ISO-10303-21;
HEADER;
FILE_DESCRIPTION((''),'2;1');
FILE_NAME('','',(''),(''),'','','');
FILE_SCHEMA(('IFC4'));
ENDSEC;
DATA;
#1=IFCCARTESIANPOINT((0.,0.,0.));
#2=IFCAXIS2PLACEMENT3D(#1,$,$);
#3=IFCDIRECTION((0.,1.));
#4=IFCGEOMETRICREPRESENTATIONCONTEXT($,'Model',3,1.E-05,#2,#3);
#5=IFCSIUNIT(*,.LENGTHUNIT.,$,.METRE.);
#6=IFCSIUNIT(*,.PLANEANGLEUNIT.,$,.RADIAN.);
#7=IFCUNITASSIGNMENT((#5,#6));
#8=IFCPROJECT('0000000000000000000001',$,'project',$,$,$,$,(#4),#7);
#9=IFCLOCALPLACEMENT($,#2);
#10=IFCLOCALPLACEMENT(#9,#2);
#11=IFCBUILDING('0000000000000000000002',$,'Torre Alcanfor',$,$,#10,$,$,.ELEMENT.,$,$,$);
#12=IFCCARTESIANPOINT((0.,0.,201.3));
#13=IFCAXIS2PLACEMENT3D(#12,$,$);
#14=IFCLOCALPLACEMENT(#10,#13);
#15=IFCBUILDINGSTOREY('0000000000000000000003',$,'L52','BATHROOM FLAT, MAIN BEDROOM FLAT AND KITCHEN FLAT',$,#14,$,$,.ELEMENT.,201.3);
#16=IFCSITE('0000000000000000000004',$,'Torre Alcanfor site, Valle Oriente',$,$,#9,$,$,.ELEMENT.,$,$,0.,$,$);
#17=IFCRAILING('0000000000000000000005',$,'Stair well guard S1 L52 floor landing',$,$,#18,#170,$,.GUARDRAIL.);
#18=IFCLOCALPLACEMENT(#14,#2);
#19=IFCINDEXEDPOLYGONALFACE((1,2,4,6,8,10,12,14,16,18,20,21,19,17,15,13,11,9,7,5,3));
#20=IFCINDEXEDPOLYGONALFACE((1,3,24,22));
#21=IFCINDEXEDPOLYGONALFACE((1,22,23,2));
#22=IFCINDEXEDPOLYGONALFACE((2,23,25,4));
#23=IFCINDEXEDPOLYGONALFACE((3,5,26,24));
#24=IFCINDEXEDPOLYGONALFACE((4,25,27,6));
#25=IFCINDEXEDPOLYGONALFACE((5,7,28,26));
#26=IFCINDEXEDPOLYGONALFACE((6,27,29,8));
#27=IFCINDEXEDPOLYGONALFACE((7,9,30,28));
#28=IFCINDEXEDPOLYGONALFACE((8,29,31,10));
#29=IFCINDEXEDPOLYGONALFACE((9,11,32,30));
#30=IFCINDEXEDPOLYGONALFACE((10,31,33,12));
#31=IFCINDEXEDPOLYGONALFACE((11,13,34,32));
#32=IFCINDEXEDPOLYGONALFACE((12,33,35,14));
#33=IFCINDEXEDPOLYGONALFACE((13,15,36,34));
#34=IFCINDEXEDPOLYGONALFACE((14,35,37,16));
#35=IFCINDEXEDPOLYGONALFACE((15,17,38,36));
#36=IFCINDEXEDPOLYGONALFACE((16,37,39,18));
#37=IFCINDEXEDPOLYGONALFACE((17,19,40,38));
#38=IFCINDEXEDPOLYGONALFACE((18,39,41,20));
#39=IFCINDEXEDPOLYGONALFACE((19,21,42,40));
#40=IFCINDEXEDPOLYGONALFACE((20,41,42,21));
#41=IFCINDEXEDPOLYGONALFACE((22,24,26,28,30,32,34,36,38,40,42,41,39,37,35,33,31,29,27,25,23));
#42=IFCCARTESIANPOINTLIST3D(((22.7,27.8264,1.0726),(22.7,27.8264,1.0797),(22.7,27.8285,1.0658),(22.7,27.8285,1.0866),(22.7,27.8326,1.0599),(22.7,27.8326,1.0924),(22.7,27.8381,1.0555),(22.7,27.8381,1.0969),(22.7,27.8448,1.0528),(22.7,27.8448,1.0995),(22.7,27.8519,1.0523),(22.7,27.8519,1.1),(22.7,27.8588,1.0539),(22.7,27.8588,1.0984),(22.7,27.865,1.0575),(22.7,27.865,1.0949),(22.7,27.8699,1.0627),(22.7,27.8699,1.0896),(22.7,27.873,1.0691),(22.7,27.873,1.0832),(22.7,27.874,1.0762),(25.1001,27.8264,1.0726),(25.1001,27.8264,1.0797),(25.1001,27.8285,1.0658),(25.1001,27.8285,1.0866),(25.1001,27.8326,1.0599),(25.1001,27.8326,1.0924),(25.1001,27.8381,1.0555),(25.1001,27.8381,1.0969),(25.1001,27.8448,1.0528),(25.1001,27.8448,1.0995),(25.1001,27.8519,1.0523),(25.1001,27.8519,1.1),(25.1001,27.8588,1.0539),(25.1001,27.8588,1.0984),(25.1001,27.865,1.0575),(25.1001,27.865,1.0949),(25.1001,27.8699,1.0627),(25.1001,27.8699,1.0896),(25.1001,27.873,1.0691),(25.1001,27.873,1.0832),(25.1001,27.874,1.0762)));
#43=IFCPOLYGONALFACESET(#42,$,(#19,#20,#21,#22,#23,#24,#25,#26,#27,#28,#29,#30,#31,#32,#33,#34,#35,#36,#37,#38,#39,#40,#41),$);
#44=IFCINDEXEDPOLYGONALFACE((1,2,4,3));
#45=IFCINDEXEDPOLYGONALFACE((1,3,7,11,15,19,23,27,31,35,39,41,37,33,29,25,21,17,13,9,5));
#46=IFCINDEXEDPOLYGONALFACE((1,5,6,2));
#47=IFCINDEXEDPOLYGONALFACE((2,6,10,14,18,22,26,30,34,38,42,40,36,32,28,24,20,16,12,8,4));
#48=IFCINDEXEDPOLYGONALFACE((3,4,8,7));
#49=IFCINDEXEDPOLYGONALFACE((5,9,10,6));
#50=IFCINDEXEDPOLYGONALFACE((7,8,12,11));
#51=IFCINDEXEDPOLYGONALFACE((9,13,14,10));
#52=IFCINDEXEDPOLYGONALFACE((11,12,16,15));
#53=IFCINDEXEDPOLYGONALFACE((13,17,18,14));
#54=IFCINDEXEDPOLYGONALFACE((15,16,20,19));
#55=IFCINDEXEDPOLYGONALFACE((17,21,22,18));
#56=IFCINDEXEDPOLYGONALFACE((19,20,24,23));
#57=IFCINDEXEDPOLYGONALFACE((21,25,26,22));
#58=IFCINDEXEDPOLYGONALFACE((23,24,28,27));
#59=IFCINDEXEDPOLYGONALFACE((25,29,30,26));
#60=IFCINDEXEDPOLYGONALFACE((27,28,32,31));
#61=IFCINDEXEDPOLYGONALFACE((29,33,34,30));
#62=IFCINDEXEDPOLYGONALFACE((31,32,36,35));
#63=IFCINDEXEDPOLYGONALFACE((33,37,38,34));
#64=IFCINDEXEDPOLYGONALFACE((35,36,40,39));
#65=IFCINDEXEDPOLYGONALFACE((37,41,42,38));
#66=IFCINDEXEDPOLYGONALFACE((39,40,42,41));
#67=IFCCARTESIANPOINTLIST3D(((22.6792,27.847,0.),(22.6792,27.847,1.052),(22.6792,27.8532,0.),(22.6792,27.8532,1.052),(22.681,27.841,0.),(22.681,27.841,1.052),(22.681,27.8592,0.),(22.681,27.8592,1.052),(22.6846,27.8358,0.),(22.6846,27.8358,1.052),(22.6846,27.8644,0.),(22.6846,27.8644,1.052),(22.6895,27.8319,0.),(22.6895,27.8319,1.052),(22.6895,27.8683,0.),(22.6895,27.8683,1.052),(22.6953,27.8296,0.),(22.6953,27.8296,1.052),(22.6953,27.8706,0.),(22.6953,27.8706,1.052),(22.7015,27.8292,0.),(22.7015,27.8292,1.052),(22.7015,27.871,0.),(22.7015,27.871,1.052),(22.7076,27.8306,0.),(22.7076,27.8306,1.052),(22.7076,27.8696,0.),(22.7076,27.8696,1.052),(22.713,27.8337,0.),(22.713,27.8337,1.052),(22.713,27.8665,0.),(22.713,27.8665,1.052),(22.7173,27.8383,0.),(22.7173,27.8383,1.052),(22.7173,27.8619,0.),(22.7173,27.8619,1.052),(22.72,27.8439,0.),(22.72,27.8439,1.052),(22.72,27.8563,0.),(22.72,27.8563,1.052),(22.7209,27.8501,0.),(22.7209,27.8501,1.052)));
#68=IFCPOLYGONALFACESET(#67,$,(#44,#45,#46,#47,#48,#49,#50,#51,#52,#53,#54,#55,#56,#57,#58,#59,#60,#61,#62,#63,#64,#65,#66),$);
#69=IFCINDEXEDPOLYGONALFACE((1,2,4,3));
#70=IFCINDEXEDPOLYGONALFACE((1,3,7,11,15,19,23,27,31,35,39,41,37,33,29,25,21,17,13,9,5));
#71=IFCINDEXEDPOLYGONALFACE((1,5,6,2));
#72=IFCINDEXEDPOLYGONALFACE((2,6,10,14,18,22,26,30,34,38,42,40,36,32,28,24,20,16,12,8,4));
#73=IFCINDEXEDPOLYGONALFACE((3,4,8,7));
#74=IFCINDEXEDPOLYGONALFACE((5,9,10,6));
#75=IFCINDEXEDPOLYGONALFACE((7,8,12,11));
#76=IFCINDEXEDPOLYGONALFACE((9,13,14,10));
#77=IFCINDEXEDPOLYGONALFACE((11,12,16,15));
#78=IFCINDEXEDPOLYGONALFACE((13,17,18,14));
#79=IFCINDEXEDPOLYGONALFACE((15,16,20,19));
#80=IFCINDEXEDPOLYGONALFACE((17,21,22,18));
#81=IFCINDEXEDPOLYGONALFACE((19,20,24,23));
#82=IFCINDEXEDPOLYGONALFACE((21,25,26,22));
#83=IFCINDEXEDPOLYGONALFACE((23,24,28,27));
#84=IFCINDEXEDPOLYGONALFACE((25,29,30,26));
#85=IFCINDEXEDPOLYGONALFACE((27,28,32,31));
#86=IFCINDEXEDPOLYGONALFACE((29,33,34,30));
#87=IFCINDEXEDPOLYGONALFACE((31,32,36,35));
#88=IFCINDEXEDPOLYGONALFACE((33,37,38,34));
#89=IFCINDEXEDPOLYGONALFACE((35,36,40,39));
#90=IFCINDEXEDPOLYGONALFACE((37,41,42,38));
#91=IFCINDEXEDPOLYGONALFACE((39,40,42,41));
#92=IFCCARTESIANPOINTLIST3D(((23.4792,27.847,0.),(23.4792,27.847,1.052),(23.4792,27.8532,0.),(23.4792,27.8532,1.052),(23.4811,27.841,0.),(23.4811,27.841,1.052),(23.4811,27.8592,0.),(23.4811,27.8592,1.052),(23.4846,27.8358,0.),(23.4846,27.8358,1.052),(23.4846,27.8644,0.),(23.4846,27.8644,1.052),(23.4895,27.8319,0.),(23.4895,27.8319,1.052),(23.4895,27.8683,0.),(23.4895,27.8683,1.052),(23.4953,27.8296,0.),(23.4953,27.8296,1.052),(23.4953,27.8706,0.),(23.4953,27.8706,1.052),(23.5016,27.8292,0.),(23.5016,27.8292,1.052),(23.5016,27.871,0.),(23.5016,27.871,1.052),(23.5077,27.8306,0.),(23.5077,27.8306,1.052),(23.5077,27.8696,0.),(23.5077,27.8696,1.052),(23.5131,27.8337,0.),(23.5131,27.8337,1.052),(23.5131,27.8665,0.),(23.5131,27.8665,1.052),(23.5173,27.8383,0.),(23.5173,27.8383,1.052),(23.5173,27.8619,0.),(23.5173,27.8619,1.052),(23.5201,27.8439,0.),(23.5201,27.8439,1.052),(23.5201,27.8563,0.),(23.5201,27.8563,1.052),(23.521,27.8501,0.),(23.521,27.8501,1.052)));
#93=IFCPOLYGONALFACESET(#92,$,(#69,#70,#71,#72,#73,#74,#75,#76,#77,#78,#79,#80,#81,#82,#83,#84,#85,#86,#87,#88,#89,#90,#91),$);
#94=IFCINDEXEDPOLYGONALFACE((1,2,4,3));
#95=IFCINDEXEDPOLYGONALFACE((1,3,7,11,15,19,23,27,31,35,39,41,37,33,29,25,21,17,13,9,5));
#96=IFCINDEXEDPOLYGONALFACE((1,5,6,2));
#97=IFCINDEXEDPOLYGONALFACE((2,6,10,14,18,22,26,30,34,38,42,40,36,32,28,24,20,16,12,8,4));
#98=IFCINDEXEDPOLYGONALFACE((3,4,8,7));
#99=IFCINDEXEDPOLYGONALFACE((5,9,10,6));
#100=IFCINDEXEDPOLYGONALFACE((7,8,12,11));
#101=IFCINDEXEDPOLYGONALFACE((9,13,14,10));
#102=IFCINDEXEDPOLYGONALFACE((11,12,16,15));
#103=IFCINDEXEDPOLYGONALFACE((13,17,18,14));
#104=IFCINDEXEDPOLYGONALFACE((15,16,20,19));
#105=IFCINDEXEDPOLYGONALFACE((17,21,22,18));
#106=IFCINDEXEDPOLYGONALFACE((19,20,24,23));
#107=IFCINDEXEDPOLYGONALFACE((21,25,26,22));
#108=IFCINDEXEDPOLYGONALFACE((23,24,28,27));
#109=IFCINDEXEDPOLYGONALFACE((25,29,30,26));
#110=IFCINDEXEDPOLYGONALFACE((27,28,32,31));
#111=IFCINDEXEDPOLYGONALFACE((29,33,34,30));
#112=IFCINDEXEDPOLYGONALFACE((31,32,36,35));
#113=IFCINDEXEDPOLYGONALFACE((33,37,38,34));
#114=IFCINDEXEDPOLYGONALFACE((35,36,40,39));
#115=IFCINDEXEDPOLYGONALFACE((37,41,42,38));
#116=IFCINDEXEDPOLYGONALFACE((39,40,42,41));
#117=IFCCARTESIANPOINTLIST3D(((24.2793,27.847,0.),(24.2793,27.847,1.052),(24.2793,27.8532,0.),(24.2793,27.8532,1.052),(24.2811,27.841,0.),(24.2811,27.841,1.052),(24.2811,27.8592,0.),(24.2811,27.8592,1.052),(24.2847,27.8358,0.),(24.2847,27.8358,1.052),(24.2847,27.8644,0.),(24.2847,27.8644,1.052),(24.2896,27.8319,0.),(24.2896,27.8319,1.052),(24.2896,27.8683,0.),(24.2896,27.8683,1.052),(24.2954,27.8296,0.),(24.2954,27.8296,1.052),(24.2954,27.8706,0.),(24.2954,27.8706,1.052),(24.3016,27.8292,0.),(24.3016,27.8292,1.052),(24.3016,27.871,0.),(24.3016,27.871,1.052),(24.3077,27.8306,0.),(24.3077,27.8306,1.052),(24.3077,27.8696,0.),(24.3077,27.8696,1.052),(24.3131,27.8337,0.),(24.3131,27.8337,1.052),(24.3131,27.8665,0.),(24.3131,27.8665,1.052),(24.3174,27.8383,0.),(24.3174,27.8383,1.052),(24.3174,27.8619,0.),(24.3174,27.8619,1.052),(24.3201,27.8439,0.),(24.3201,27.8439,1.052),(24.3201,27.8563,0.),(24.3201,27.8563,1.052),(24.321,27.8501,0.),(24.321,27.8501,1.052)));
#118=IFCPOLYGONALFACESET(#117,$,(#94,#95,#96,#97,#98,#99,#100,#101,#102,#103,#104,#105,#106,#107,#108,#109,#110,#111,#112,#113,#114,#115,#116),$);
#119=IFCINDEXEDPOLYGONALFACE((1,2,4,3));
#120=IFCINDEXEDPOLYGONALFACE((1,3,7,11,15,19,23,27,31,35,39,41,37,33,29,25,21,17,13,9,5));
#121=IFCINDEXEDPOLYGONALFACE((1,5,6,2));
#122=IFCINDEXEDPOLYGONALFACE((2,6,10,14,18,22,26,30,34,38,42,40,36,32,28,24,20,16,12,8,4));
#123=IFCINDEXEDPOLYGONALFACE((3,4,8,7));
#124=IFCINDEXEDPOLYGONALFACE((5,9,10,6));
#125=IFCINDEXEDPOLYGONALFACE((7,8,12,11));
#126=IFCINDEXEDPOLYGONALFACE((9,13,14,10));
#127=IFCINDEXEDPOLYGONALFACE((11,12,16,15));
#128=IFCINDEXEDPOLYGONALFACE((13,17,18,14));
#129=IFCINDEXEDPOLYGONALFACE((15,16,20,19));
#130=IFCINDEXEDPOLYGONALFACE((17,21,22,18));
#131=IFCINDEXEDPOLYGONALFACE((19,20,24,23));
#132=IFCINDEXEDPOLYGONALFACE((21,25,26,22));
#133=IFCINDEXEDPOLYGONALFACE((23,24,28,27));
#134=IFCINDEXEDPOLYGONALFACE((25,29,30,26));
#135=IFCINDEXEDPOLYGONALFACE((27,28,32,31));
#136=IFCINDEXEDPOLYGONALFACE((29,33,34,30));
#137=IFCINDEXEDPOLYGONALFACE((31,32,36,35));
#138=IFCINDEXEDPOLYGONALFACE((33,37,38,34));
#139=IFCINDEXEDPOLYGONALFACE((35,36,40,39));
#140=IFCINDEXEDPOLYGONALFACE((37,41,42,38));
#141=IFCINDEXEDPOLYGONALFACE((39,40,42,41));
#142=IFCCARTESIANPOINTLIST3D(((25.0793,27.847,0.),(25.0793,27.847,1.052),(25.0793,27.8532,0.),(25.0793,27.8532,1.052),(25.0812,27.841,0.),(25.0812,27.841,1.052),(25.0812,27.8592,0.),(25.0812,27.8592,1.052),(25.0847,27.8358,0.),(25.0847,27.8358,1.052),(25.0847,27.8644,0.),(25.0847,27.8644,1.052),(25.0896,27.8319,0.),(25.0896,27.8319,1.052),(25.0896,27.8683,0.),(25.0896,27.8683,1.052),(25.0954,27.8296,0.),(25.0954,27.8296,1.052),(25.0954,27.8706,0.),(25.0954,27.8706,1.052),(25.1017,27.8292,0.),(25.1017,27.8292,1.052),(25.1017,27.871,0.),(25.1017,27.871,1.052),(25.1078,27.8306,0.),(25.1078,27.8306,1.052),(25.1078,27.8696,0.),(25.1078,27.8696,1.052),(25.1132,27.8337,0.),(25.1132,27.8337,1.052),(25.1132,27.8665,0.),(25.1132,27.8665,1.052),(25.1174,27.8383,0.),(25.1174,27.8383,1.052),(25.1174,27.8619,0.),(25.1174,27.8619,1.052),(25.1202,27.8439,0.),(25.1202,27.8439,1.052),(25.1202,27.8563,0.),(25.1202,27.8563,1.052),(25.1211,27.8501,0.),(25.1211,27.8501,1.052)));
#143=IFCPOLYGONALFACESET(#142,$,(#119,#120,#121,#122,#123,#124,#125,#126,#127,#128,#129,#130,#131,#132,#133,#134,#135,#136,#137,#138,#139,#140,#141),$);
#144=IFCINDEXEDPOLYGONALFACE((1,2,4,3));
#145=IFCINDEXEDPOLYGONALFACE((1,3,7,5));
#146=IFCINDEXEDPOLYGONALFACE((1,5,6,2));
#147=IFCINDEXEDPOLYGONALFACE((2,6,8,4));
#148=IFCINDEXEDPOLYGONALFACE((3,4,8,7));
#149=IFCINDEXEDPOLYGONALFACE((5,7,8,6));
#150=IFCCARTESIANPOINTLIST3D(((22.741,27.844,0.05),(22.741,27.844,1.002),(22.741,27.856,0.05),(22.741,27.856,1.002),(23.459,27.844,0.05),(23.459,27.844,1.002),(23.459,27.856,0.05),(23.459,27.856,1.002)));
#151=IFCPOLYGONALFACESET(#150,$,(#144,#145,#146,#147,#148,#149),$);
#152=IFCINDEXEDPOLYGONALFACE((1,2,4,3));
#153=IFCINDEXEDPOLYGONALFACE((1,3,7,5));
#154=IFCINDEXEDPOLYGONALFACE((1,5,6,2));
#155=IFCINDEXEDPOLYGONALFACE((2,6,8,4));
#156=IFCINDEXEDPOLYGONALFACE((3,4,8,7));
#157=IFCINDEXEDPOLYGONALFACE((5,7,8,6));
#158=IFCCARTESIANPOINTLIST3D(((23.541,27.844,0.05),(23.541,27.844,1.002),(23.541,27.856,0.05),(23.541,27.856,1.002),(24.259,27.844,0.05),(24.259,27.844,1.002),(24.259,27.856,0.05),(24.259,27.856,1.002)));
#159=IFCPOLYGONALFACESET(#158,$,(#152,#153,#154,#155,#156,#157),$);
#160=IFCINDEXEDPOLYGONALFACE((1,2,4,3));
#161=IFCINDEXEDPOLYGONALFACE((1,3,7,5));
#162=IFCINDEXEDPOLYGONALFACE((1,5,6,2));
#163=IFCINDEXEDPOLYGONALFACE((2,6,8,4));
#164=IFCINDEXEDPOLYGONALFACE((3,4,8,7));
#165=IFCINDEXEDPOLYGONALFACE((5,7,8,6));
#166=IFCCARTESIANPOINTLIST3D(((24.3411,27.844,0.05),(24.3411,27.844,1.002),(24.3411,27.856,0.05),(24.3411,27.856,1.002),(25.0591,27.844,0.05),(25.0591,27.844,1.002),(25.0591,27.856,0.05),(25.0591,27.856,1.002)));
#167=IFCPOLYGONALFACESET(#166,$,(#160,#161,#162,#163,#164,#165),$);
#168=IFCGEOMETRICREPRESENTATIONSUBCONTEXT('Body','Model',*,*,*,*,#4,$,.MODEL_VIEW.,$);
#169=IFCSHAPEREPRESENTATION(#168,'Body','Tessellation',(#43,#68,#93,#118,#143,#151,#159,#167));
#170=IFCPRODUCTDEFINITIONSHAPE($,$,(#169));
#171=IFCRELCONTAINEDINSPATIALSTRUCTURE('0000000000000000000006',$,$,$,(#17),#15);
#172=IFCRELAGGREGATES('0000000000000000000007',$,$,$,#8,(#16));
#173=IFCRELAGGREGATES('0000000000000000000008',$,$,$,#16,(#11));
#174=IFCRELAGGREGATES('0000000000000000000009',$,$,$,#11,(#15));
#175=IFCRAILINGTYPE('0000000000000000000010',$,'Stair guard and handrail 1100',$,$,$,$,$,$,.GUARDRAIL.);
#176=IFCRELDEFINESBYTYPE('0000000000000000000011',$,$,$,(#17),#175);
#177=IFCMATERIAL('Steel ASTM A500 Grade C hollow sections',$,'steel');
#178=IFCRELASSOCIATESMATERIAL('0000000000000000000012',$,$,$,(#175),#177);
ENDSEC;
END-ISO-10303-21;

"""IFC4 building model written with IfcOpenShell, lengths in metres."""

from ifc_helpers import new_model, si_unit, direction, frame, origin, origin_2d, place, context, subcontext, project, spatial, polyline, circle, outline, extrude, material, type_object, element, save


model = new_model("IFC4")

# Units and contexts
model_context = context("Model", 3, precision=1e-05, world=origin(), true_north=direction((0.0, 1.0)))
body_context = subcontext(model_context, "Body", "Model", "MODEL_VIEW")
ifc_project = project(units=[si_unit("LENGTHUNIT", "METRE"), si_unit("PLANEANGLEUNIT", "RADIAN")], contexts=[model_context])

# Site, building, storey
site_placement = place(None, origin())
site = spatial("IfcSite", under=ifc_project, at=site_placement, Name="Torre Alcanfor site, Valle Oriente", CompositionType="ELEMENT", RefElevation=0.0)
building_placement = place(site_placement, origin())
building = spatial("IfcBuilding", under=site, at=building_placement, Name="Torre Alcanfor", CompositionType="ELEMENT")
storey_placement = place(building_placement, frame((0.0, 0.0, 201.3)))
storey = spatial("IfcBuildingStorey", under=building, at=storey_placement, Name="L52", Description="BATHROOM FLAT, MAIN BEDROOM FLAT AND KITCHEN FLAT", CompositionType="ELEMENT", Elevation=201.3)

# Railing
ifc_material_1 = material(Name="Steel ASTM A500 Grade C hollow sections", Category="steel")
railing_type_1 = type_object("IfcRailingType", Name="Stair guard and handrail 1100", PredefinedType="GUARDRAIL", material=ifc_material_1)
for number, where, name in (
    (1, (22.7, 27.8501, 0.0), "Stair well guard S1 L52 floor landing"),
):
    element("IfcRailing", number, at=place(storey_placement, frame(where)), inside=storey, type_object=railing_type_1, Name=name, PredefinedType="GUARDRAIL", context=body_context, shape_type="SweptSolid", body=[
        extrude(circle(Radius=0.0239, at=origin_2d()), frame((0.0, 0.0, 1.0762), z_axis=(1.0, 0.0, 0.0), x_axis=(0.0, 1.0, 0.0)), (0.0, 0.0, 1.0), 2.4001),
        extrude(circle(Radius=0.021, at=origin_2d()), origin(), (0.0, 0.0, 1.0), 1.052),
        extrude(circle(Radius=0.021, at=origin_2d()), frame((0.8, 0.0, 0.0)), (0.0, 0.0, 1.0), 1.052),
        extrude(circle(Radius=0.021, at=origin_2d()), frame((1.6001, 0.0, 0.0)), (0.0, 0.0, 1.0), 1.052),
        extrude(circle(Radius=0.021, at=origin_2d()), frame((2.4001, 0.0, 0.0)), (0.0, 0.0, 1.0), 1.052),
        extrude(outline(polyline([(0.041, 0.05), (0.759, 0.05), (0.759, 1.002), (0.041, 1.002), (0.041, 0.05)])), frame((0.0, 0.0059, 0.0), z_axis=(0.0, -1.0, 0.0), x_axis=(1.0, 0.0, 0.0)), (0.0, 0.0, 1.0), 0.012),
        extrude(outline(polyline([(0.8411, 0.05), (1.5591, 0.05), (1.5591, 1.002), (0.8411, 1.002), (0.8411, 0.05)])), frame((0.0, 0.0059, 0.0), z_axis=(0.0, -1.0, 0.0), x_axis=(1.0, 0.0, 0.0)), (0.0, 0.0, 1.0), 0.012),
        extrude(outline(polyline([(1.6411, 0.05), (2.3591, 0.05), (2.3591, 1.002), (1.6411, 1.002), (1.6411, 0.05)])), frame((0.0, 0.0059, 0.0), z_axis=(0.0, -1.0, 0.0), x_axis=(1.0, 0.0, 0.0)), (0.0, 0.0, 1.0), 0.012),
    ])

save(model, "model.ifc")
